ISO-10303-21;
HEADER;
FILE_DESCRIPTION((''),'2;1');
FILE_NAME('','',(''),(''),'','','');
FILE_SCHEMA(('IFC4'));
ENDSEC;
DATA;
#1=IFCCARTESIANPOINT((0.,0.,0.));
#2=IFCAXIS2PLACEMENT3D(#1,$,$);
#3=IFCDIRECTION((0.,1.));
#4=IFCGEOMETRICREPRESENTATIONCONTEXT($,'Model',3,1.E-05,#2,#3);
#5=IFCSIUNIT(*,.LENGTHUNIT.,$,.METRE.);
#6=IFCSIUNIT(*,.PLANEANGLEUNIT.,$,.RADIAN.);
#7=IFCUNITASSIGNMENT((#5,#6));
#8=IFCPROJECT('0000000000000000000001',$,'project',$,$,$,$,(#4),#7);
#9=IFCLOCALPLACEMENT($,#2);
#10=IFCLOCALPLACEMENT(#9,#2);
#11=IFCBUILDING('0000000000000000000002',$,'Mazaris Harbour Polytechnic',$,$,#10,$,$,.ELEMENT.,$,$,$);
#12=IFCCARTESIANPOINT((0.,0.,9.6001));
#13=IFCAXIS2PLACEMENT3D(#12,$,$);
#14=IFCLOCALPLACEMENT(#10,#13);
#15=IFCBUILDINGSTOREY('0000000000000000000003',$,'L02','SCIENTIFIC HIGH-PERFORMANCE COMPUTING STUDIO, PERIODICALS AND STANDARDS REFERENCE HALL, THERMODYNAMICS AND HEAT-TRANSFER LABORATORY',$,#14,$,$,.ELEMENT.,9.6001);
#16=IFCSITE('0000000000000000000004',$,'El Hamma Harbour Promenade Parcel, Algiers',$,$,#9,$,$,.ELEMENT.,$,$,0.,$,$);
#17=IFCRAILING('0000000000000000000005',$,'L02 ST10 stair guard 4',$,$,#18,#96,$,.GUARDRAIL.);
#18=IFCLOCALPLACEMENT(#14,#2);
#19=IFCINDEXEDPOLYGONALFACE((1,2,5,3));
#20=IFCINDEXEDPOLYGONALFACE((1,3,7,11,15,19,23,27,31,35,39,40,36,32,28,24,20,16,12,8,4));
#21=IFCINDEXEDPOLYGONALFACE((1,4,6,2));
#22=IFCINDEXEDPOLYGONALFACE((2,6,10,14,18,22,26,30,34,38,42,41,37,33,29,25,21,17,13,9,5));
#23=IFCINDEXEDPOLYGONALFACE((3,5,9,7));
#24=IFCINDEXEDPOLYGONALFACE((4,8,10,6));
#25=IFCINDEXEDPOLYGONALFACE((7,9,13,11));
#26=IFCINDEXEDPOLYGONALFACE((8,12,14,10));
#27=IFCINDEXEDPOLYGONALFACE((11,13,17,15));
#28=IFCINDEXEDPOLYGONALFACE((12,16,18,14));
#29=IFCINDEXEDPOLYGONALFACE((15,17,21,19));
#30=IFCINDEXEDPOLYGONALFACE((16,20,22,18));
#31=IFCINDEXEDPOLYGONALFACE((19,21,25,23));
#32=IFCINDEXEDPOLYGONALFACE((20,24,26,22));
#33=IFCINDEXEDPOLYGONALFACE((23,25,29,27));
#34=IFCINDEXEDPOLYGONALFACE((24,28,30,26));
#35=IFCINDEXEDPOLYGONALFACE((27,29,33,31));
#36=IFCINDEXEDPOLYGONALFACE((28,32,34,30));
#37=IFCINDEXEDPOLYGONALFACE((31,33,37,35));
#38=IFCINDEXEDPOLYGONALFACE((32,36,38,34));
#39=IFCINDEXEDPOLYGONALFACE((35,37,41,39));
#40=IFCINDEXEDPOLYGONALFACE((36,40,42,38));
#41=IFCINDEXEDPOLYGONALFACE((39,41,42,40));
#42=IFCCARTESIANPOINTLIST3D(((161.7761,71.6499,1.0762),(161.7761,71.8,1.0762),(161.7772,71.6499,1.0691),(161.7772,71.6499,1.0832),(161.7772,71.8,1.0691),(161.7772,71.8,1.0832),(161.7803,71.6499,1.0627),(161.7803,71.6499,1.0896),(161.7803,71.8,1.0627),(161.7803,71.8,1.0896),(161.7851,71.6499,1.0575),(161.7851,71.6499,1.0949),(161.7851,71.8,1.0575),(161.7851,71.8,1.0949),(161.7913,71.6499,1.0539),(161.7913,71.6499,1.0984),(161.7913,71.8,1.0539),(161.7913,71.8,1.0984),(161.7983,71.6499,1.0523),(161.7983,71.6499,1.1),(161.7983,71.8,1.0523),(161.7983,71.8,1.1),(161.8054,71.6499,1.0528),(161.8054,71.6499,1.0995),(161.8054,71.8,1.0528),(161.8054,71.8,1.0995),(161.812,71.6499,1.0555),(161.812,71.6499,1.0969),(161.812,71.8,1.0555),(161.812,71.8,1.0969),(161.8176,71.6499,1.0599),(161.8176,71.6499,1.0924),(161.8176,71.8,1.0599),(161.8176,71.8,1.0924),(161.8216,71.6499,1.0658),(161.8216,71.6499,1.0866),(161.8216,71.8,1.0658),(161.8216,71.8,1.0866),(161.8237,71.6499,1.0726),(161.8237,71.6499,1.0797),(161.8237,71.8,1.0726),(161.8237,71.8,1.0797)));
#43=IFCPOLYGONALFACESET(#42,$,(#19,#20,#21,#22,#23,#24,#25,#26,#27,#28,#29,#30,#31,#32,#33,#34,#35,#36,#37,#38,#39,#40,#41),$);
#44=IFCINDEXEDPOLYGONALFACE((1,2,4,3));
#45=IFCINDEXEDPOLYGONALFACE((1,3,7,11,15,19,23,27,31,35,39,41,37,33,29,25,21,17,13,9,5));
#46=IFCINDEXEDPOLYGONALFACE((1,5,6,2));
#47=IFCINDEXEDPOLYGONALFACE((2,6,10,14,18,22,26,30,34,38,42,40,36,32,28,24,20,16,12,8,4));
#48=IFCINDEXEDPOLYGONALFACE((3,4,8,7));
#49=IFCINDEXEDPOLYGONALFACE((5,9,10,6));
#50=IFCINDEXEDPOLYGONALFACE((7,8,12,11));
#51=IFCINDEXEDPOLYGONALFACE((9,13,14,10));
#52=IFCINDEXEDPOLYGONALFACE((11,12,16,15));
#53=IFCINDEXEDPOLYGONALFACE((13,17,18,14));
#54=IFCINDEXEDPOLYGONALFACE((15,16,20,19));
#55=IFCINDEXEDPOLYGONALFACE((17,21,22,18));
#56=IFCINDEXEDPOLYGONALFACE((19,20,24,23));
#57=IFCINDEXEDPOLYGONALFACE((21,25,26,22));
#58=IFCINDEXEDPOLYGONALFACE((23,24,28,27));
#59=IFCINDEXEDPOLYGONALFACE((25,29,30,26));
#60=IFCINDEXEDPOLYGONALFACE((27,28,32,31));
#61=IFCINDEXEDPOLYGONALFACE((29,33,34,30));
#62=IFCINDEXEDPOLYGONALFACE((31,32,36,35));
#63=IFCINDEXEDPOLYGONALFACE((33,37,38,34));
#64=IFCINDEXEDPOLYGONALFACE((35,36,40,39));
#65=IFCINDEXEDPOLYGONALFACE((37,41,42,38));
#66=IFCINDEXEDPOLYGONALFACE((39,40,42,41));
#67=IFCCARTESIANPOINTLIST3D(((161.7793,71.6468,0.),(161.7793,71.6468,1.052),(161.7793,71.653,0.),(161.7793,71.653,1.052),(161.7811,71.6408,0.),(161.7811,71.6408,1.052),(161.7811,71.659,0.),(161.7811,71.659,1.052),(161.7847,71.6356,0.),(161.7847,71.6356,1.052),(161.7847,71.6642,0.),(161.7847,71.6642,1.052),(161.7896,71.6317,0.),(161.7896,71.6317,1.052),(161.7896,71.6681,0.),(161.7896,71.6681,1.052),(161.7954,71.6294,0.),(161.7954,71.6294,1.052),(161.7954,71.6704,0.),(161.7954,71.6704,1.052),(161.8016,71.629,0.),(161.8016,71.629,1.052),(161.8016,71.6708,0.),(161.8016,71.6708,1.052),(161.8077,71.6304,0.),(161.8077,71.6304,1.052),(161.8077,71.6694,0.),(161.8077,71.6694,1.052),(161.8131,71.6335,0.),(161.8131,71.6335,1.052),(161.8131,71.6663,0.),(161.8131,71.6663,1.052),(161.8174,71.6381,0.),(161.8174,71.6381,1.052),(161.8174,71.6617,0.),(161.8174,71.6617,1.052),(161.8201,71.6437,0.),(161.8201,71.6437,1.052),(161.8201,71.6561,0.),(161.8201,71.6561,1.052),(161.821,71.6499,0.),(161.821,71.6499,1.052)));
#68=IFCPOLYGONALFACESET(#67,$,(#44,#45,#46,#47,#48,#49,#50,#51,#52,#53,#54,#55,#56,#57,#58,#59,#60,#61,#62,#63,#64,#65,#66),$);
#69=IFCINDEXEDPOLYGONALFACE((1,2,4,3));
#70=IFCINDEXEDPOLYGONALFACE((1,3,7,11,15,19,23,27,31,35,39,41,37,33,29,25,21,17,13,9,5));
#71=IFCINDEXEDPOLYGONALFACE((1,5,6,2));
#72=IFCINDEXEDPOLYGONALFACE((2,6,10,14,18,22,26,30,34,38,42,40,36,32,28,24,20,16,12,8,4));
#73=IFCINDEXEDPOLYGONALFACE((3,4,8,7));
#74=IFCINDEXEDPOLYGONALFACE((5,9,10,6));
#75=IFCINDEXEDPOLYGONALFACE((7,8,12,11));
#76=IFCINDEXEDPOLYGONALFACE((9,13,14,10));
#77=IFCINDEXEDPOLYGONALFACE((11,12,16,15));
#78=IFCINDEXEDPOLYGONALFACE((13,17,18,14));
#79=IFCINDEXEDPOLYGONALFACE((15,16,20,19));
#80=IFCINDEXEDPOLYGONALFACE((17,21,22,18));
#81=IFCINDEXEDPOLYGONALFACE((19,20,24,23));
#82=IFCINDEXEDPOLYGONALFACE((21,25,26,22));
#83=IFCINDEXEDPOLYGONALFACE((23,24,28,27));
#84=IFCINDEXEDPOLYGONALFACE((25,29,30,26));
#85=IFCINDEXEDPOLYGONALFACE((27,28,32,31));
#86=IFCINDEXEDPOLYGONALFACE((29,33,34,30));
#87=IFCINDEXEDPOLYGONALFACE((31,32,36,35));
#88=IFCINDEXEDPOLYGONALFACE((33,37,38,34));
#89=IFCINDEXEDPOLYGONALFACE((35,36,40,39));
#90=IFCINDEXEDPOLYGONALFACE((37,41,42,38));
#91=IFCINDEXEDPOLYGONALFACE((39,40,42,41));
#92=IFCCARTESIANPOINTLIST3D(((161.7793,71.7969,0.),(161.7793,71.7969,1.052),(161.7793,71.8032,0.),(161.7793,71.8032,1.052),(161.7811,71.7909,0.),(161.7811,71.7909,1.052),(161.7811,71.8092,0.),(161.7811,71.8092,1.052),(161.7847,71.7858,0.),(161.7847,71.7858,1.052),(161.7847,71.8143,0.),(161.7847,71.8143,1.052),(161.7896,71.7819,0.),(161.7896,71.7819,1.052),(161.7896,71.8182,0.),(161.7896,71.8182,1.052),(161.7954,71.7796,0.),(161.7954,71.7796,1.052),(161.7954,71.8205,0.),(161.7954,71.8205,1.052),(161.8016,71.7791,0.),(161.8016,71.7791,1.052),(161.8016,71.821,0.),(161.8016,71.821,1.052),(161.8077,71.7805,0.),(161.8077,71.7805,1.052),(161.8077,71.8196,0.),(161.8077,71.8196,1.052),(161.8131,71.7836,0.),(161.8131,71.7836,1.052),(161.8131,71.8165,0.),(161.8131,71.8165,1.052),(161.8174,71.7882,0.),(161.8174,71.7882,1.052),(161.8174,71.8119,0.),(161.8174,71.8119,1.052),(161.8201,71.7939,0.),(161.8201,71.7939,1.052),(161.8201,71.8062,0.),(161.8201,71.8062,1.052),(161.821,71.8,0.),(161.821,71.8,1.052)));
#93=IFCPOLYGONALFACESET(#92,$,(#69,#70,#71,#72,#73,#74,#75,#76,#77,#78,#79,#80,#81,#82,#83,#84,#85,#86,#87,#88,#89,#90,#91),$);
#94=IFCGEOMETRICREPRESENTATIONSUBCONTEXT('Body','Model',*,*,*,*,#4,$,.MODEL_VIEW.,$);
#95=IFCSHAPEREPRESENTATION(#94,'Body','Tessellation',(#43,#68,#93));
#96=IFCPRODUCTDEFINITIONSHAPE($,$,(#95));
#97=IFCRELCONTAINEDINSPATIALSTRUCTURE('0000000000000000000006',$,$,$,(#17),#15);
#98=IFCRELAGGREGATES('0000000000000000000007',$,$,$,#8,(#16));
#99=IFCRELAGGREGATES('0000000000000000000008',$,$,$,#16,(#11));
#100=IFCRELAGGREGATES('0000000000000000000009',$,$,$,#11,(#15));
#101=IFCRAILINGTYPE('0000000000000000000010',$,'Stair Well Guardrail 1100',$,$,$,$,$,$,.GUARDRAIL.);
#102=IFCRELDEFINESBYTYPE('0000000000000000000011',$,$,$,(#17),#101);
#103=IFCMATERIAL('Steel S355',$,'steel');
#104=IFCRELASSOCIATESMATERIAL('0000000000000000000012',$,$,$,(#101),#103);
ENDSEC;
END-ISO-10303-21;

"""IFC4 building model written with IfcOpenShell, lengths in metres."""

from ifc_helpers import new_model, si_unit, direction, frame, origin, origin_2d, place, context, subcontext, project, spatial, circle, extrude, material, type_object, element, save


model = new_model("IFC4")

# Units and contexts
model_context = context("Model", 3, precision=1e-05, world=origin(), true_north=direction((0.0, 1.0)))
body_context = subcontext(model_context, "Body", "Model", "MODEL_VIEW")
ifc_project = project(units=[si_unit("LENGTHUNIT", "METRE"), si_unit("PLANEANGLEUNIT", "RADIAN")], contexts=[model_context])

# Site, building, storey
site_placement = place(None, origin())
site = spatial("IfcSite", under=ifc_project, at=site_placement, Name="El Hamma Harbour Promenade Parcel, Algiers", CompositionType="ELEMENT", RefElevation=0.0)
building_placement = place(site_placement, origin())
building = spatial("IfcBuilding", under=site, at=building_placement, Name="Mazaris Harbour Polytechnic", CompositionType="ELEMENT")
storey_placement = place(building_placement, frame((0.0, 0.0, 9.6001)))
storey = spatial("IfcBuildingStorey", under=building, at=storey_placement, Name="L02", Description="SCIENTIFIC HIGH-PERFORMANCE COMPUTING STUDIO, PERIODICALS AND STANDARDS REFERENCE HALL, THERMODYNAMICS AND HEAT-TRANSFER LABORATORY", CompositionType="ELEMENT", Elevation=9.6001)

# Railing
ifc_material_1 = material(Name="Steel S355", Category="steel")
railing_type_1 = type_object("IfcRailingType", Name="Stair Well Guardrail 1100", PredefinedType="GUARDRAIL", material=ifc_material_1)
railing_1_placement = place(storey_placement, frame((161.8, 71.6499, 0.0)))
element("IfcRailing", 1, at=railing_1_placement, inside=storey, type_object=railing_type_1, Name="L02 ST10 stair guard 4", PredefinedType="GUARDRAIL", context=body_context, shape_type="SweptSolid", body=[
    extrude(circle(Radius=0.0239, at=origin_2d()), frame((0.0, 0.0, 1.0762), z_axis=(0.0, 1.0, 0.0), x_axis=(-1.0, 0.0, 0.0)), (0.0, 0.0, 1.0), 0.1501),
    extrude(circle(Radius=0.021, at=origin_2d()), origin(), (0.0, 0.0, 1.0), 1.052),
    extrude(circle(Radius=0.021, at=origin_2d()), frame((0.0, 0.1501, 0.0)), (0.0, 0.0, 1.0), 1.052),
])

save(model, "model.ifc")
